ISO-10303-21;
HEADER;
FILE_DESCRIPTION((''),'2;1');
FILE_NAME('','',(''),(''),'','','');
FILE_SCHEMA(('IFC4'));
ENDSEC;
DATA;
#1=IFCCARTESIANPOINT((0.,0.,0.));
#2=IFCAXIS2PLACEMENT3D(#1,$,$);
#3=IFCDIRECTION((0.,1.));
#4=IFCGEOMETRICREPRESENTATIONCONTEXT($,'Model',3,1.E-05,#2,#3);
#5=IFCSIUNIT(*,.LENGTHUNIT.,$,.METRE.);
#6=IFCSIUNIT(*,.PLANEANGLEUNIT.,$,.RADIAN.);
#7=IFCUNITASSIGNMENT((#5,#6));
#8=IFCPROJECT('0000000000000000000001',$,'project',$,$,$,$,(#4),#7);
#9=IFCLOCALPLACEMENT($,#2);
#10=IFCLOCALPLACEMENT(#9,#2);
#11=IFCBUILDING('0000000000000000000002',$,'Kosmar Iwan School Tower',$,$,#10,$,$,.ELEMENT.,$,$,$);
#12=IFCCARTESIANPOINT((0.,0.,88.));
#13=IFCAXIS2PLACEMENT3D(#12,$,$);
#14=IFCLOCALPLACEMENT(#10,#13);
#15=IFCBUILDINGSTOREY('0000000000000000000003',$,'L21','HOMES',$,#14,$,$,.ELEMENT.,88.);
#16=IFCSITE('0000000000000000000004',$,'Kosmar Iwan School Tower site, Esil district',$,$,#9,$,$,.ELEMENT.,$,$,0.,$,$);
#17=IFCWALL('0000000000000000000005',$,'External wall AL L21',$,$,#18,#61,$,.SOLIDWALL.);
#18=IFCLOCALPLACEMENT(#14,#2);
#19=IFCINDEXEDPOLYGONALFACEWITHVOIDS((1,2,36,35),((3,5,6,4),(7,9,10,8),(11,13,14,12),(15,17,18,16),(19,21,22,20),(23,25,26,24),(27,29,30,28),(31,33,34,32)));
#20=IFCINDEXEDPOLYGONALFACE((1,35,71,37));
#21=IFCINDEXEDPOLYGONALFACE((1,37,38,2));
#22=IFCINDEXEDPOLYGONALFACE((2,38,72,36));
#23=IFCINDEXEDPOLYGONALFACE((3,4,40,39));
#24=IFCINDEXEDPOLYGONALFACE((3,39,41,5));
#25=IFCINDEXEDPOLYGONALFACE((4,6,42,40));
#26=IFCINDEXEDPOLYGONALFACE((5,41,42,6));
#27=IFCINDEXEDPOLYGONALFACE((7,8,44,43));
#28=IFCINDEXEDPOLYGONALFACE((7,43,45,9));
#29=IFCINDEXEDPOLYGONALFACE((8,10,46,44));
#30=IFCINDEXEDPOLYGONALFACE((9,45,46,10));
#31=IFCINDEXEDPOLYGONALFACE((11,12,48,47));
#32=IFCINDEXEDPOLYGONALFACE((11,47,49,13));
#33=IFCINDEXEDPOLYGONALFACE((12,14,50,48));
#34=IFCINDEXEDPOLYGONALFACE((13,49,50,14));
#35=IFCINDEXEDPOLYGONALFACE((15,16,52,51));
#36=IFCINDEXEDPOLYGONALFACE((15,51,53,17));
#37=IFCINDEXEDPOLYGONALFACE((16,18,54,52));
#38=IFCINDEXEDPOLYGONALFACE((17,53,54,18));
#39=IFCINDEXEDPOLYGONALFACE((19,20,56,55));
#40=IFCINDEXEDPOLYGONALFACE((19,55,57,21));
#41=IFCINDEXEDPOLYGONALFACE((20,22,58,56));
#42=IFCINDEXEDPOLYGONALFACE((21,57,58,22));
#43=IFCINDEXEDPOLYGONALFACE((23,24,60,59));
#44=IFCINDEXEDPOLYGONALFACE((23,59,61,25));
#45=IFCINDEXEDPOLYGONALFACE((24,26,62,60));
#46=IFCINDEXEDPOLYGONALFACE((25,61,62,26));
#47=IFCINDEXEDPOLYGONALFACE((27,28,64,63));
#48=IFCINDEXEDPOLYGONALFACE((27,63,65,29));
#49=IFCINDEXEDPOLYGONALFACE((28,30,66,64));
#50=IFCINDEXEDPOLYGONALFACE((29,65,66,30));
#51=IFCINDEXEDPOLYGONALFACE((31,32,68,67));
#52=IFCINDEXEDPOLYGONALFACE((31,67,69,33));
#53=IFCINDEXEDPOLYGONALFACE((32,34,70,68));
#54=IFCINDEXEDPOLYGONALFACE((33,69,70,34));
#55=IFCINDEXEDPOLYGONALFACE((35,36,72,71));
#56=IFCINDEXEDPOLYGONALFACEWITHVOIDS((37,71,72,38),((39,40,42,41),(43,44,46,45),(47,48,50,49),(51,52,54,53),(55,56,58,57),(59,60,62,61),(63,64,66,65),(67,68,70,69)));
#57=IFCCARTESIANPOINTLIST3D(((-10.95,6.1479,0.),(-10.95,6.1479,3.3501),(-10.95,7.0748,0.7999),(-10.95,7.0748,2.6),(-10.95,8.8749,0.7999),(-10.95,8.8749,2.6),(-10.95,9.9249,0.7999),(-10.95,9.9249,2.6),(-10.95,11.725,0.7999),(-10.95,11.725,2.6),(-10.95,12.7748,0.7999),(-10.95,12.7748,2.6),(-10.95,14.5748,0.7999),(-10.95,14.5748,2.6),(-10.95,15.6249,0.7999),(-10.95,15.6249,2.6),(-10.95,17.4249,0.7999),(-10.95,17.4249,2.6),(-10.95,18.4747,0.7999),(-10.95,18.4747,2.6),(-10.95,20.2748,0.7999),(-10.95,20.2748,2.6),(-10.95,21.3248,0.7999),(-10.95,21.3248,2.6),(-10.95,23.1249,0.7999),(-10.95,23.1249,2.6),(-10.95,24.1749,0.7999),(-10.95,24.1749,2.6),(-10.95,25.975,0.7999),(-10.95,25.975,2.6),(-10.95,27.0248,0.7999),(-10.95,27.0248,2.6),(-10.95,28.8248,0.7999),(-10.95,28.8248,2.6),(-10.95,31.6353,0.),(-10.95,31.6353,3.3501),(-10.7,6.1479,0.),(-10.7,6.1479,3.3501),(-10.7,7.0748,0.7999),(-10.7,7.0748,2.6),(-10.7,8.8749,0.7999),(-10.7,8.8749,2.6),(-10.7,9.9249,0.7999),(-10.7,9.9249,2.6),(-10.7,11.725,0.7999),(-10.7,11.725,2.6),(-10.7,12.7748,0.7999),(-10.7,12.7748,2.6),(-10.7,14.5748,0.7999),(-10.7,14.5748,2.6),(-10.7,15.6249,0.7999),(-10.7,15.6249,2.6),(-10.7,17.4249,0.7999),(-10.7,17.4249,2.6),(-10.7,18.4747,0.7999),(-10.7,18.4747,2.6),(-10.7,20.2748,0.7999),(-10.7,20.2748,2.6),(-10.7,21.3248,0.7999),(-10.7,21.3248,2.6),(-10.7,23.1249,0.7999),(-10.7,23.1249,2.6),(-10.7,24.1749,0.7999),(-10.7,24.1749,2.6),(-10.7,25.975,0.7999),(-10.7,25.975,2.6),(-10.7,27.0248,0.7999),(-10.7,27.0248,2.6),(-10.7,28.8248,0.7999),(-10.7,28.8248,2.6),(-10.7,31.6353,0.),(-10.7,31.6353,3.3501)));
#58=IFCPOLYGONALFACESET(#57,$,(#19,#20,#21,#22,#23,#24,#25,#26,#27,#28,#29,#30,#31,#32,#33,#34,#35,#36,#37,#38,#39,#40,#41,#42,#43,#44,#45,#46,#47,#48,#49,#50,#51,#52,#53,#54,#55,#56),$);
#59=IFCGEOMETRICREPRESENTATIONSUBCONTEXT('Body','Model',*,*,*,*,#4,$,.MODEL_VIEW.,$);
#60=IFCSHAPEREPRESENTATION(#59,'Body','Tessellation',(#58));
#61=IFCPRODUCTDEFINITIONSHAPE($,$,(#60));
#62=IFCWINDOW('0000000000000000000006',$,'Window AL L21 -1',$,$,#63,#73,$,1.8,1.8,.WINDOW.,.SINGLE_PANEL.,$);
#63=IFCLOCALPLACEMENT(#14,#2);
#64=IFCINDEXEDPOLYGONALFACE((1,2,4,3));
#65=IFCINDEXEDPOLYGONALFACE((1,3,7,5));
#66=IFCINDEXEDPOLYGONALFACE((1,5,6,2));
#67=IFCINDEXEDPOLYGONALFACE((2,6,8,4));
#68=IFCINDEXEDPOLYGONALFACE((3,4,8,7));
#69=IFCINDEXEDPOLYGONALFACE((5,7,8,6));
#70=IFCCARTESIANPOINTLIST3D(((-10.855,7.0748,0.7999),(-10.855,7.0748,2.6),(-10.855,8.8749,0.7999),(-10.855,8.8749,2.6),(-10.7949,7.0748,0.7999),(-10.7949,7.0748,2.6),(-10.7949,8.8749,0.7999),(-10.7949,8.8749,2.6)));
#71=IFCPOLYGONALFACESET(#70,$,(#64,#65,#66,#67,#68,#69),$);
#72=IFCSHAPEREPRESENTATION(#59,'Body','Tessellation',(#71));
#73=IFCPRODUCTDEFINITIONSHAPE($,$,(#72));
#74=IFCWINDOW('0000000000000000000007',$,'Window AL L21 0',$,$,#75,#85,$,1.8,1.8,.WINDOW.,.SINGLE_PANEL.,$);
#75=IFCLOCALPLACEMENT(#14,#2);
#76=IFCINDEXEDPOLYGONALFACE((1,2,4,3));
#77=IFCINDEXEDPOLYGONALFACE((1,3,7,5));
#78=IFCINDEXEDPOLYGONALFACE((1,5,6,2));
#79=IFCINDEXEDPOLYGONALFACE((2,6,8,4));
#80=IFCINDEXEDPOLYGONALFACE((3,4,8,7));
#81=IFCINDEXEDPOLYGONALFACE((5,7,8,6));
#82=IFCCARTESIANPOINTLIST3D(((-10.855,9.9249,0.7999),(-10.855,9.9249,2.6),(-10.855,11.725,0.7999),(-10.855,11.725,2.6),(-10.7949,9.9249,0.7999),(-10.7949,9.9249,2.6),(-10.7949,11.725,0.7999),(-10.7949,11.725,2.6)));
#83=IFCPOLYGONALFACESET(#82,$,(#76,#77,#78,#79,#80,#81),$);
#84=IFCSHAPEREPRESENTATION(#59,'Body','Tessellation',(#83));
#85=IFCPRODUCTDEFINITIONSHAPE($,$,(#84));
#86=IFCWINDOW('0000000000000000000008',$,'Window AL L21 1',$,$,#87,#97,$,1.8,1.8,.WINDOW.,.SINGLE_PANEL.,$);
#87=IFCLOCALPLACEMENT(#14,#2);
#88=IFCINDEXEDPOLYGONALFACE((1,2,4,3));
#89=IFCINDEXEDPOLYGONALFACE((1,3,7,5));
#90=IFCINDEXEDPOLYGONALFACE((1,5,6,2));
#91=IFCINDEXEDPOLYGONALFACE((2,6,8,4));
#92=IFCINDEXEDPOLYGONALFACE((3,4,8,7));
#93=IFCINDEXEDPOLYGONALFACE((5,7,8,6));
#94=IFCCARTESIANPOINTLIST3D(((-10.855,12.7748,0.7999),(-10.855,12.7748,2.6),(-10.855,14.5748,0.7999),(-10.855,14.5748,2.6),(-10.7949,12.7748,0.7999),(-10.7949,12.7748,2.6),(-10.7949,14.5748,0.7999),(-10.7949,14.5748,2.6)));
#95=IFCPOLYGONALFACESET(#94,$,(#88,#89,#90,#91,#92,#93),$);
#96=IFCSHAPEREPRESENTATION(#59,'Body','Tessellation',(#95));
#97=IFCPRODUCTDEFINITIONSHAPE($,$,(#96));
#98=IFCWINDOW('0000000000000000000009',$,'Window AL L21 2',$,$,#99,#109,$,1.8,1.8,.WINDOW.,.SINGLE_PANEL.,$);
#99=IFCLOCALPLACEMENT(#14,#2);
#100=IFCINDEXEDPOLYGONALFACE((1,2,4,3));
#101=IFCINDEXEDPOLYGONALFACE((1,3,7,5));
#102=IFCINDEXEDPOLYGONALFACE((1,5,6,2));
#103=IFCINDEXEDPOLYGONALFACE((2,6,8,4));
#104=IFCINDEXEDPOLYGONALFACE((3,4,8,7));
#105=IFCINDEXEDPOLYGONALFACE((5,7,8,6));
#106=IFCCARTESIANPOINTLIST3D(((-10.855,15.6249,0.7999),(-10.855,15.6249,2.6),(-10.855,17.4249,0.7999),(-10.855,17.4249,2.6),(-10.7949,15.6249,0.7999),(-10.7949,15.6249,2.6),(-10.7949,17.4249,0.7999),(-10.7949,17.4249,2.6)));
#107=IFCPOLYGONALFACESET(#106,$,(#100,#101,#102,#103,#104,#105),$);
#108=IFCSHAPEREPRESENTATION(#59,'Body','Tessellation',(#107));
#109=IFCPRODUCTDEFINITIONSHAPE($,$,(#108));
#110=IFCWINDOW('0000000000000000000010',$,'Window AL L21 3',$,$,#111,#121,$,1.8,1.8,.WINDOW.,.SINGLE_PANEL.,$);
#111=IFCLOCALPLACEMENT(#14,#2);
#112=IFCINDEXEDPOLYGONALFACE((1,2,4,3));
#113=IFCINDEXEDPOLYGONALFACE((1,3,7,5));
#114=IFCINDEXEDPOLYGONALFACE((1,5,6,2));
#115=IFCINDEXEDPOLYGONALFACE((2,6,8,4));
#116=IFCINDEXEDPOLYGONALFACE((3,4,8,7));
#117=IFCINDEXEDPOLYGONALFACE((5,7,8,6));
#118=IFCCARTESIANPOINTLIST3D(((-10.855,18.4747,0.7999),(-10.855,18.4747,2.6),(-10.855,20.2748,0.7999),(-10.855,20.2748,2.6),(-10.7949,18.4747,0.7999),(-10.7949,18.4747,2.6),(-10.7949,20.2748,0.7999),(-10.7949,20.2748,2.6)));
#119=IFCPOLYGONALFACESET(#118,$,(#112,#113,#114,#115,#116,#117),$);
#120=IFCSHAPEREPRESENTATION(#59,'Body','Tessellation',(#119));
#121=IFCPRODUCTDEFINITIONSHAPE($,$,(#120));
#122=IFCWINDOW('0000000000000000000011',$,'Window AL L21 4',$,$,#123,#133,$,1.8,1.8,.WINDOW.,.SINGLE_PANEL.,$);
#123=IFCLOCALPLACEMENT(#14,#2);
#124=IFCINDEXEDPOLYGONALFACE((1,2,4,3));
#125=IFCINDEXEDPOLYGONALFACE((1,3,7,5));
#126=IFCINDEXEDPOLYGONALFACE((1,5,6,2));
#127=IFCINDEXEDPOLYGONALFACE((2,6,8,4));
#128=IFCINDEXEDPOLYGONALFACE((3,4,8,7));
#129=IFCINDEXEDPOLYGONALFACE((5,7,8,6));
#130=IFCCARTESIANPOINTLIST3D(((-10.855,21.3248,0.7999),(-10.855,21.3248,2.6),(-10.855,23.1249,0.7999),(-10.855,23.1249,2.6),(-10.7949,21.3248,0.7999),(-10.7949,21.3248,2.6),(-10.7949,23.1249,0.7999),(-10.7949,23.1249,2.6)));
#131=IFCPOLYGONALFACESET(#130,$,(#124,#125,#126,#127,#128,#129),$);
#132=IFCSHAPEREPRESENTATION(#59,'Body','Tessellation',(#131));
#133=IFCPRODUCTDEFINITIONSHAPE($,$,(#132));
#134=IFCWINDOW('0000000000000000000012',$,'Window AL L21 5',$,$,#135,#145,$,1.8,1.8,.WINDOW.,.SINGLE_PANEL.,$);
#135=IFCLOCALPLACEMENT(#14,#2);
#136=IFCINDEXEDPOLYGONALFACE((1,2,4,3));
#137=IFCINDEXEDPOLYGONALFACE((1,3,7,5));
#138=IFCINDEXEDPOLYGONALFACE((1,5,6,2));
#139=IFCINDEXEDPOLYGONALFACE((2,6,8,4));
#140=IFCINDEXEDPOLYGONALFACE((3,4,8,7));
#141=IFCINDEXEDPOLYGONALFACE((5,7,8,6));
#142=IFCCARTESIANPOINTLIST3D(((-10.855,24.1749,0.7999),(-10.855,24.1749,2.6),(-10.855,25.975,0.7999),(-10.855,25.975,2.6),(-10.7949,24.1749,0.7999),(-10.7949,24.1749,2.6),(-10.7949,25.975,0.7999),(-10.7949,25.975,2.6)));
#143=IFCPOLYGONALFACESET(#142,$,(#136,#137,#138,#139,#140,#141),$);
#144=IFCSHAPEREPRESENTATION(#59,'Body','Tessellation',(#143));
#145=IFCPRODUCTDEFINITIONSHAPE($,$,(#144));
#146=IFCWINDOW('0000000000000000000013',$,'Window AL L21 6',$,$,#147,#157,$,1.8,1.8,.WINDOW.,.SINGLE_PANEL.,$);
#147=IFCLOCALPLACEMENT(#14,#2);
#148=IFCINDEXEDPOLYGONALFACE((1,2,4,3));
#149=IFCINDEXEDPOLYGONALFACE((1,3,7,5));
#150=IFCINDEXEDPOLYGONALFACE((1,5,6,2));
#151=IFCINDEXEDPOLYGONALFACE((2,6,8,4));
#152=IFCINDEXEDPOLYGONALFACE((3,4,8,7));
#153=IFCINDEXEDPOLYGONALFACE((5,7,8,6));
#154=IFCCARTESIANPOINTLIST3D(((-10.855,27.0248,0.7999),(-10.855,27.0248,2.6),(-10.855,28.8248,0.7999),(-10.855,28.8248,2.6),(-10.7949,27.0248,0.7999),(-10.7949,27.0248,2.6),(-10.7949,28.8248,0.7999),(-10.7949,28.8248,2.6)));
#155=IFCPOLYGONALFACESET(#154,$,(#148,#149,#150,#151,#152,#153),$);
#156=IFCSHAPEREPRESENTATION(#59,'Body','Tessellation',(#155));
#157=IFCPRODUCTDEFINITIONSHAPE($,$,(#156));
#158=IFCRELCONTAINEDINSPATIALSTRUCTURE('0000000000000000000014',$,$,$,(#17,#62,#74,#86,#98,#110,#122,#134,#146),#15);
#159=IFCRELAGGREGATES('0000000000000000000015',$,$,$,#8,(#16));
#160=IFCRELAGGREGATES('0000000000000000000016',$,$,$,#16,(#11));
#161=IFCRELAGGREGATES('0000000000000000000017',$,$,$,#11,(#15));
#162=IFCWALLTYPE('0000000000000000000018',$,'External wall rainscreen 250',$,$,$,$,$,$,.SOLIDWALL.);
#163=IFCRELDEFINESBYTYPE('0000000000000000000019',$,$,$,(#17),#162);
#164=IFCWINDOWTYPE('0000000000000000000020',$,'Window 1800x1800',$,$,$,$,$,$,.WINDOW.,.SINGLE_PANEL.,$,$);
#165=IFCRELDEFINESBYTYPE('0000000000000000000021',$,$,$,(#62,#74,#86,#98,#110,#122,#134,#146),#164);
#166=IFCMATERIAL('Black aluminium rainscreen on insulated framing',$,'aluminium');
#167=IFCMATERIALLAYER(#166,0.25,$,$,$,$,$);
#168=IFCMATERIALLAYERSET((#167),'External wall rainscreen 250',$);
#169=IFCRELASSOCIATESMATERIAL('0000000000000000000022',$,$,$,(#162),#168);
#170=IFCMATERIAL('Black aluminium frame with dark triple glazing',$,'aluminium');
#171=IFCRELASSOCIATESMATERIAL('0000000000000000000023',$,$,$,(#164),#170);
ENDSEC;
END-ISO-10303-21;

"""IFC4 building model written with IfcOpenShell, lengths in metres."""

from ifc_helpers import new_model, si_unit, direction, frame, frame_2d, origin, place, context, subcontext, project, spatial, rectangle, extrude, material, layer, layer_set, type_object, element, fill, save


model = new_model("IFC4")

# Units and contexts
model_context = context("Model", 3, precision=1e-05, world=origin(), true_north=direction((0.0, 1.0)))
body_context = subcontext(model_context, "Body", "Model", "MODEL_VIEW")
ifc_project = project(units=[si_unit("LENGTHUNIT", "METRE"), si_unit("PLANEANGLEUNIT", "RADIAN")], contexts=[model_context])

# Site, building, storey
site_placement = place(None, origin())
site = spatial("IfcSite", under=ifc_project, at=site_placement, Name="Kosmar Iwan School Tower site, Esil district", CompositionType="ELEMENT", RefElevation=0.0)
building_placement = place(site_placement, origin())
building = spatial("IfcBuilding", under=site, at=building_placement, Name="Kosmar Iwan School Tower", CompositionType="ELEMENT")
storey_placement = place(building_placement, frame((0.0, 0.0, 88.0)))
storey = spatial("IfcBuildingStorey", under=building, at=storey_placement, Name="L21", Description="HOMES", CompositionType="ELEMENT", Elevation=88.0)

# Wall, openings, windows
ifc_material_1 = material(Name="Black aluminium rainscreen on insulated framing", Category="aluminium")
ifc_layer_1 = layer(ifc_material_1, 0.25)
ifc_layer_set_1 = layer_set([ifc_layer_1], Name="External wall rainscreen 250")
wall_type_1 = type_object("IfcWallType", Name="External wall rainscreen 250", PredefinedType="SOLIDWALL", material=ifc_layer_set_1)
wall_1_placement = place(storey_placement, frame((-10.825, 6.1479, 0.0), z_axis=(0.0, 0.0, 1.0), x_axis=(0.0, 1.0, 0.0)))
wall_1 = element("IfcWall", 1, at=wall_1_placement, inside=storey, type_object=wall_type_1, Name="External wall AL L21", PredefinedType="SOLIDWALL", context=body_context, shape_type="SweptSolid", body=[
    extrude(rectangle(XDim=25.4873, YDim=0.25, at=frame_2d((12.7437, 0.0))), origin(), (0.0, 0.0, 1.0), 3.3501),
])
opening_1_placement = place(wall_1_placement, frame((0.927, 0.0, 0.8)))
opening_1 = element("IfcOpeningElement", 2, at=opening_1_placement, cuts=wall_1, PredefinedType="OPENING", context=body_context, shape_type="SweptSolid", body=[
    extrude(rectangle(XDim=1.8, YDim=1.8, at=frame_2d((0.8999, 0.8999))), frame((0.0, 0.137, 0.0), z_axis=(0.0, -1.0, 0.0), x_axis=(1.0, 0.0, 0.0)), (0.0, 0.0, 1.0), 0.2739),
])
opening_2_placement = place(wall_1_placement, frame((3.7771, 0.0, 0.8)))
opening_2 = element("IfcOpeningElement", 3, at=opening_2_placement, cuts=wall_1, PredefinedType="OPENING", context=body_context, shape_type="SweptSolid", body=[
    extrude(rectangle(XDim=1.8, YDim=1.8, at=frame_2d((0.8999, 0.8999))), frame((0.0, 0.137, 0.0), z_axis=(0.0, -1.0, 0.0), x_axis=(1.0, 0.0, 0.0)), (0.0, 0.0, 1.0), 0.2739),
])
opening_3_placement = place(wall_1_placement, frame((6.627, 0.0, 0.8)))
opening_3 = element("IfcOpeningElement", 4, at=opening_3_placement, cuts=wall_1, PredefinedType="OPENING", context=body_context, shape_type="SweptSolid", body=[
    extrude(rectangle(XDim=1.8, YDim=1.8, at=frame_2d((0.8999, 0.8999))), frame((0.0, 0.137, 0.0), z_axis=(0.0, -1.0, 0.0), x_axis=(1.0, 0.0, 0.0)), (0.0, 0.0, 1.0), 0.2739),
])
opening_4_placement = place(wall_1_placement, frame((9.4771, 0.0, 0.8)))
opening_4 = element("IfcOpeningElement", 5, at=opening_4_placement, cuts=wall_1, PredefinedType="OPENING", context=body_context, shape_type="SweptSolid", body=[
    extrude(rectangle(XDim=1.8, YDim=1.8, at=frame_2d((0.8999, 0.8999))), frame((0.0, 0.137, 0.0), z_axis=(0.0, -1.0, 0.0), x_axis=(1.0, 0.0, 0.0)), (0.0, 0.0, 1.0), 0.2739),
])
opening_5_placement = place(wall_1_placement, frame((12.3269, 0.0, 0.8)))
opening_5 = element("IfcOpeningElement", 6, at=opening_5_placement, cuts=wall_1, PredefinedType="OPENING", context=body_context, shape_type="SweptSolid", body=[
    extrude(rectangle(XDim=1.8, YDim=1.8, at=frame_2d((0.8999, 0.8999))), frame((0.0, 0.137, 0.0), z_axis=(0.0, -1.0, 0.0), x_axis=(1.0, 0.0, 0.0)), (0.0, 0.0, 1.0), 0.2739),
])
opening_6_placement = place(wall_1_placement, frame((15.177, 0.0, 0.8)))
opening_6 = element("IfcOpeningElement", 7, at=opening_6_placement, cuts=wall_1, PredefinedType="OPENING", context=body_context, shape_type="SweptSolid", body=[
    extrude(rectangle(XDim=1.8, YDim=1.8, at=frame_2d((0.8999, 0.8999))), frame((0.0, 0.137, 0.0), z_axis=(0.0, -1.0, 0.0), x_axis=(1.0, 0.0, 0.0)), (0.0, 0.0, 1.0), 0.2739),
])
opening_7_placement = place(wall_1_placement, frame((18.0271, 0.0, 0.8)))
opening_7 = element("IfcOpeningElement", 8, at=opening_7_placement, cuts=wall_1, PredefinedType="OPENING", context=body_context, shape_type="SweptSolid", body=[
    extrude(rectangle(XDim=1.8, YDim=1.8, at=frame_2d((0.8999, 0.8999))), frame((0.0, 0.137, 0.0), z_axis=(0.0, -1.0, 0.0), x_axis=(1.0, 0.0, 0.0)), (0.0, 0.0, 1.0), 0.2739),
])
opening_8_placement = place(wall_1_placement, frame((20.877, 0.0, 0.8)))
opening_8 = element("IfcOpeningElement", 9, at=opening_8_placement, cuts=wall_1, PredefinedType="OPENING", context=body_context, shape_type="SweptSolid", body=[
    extrude(rectangle(XDim=1.8, YDim=1.8, at=frame_2d((0.8999, 0.8999))), frame((0.0, 0.137, 0.0), z_axis=(0.0, -1.0, 0.0), x_axis=(1.0, 0.0, 0.0)), (0.0, 0.0, 1.0), 0.2739),
])
ifc_material_2 = material(Name="Black aluminium frame with dark triple glazing", Category="aluminium")
window_type = type_object("IfcWindowType", Name="Window 1800x1800", PartitioningType="SINGLE_PANEL", PredefinedType="WINDOW", material=ifc_material_2)
window_1_placement = place(opening_1_placement, origin())
window_1 = element("IfcWindow", 10, at=window_1_placement, inside=storey, type_object=window_type, Name="Window AL L21 -1", OverallHeight=1.8, OverallWidth=1.8, PartitioningType="SINGLE_PANEL", PredefinedType="WINDOW", context=body_context, shape_type="SweptSolid", body=[
    extrude(rectangle(XDim=1.8, YDim=1.8, at=frame_2d((0.8999, 0.8999))), frame((0.0, 0.03, 0.0), z_axis=(0.0, -1.0, 0.0), x_axis=(1.0, 0.0, 0.0)), (0.0, 0.0, 1.0), 0.0601),
])
fill(opening_1, window_1)
window_2_placement = place(opening_2_placement, origin())
window_2 = element("IfcWindow", 11, at=window_2_placement, inside=storey, type_object=window_type, Name="Window AL L21 0", OverallHeight=1.8, OverallWidth=1.8, PartitioningType="SINGLE_PANEL", PredefinedType="WINDOW", context=body_context, shape_type="SweptSolid", body=[
    extrude(rectangle(XDim=1.8, YDim=1.8, at=frame_2d((0.8999, 0.8999))), frame((0.0, 0.03, 0.0), z_axis=(0.0, -1.0, 0.0), x_axis=(1.0, 0.0, 0.0)), (0.0, 0.0, 1.0), 0.0601),
])
fill(opening_2, window_2)
window_3_placement = place(opening_3_placement, origin())
window_3 = element("IfcWindow", 12, at=window_3_placement, inside=storey, type_object=window_type, Name="Window AL L21 1", OverallHeight=1.8, OverallWidth=1.8, PartitioningType="SINGLE_PANEL", PredefinedType="WINDOW", context=body_context, shape_type="SweptSolid", body=[
    extrude(rectangle(XDim=1.8, YDim=1.8, at=frame_2d((0.8999, 0.8999))), frame((0.0, 0.03, 0.0), z_axis=(0.0, -1.0, 0.0), x_axis=(1.0, 0.0, 0.0)), (0.0, 0.0, 1.0), 0.0601),
])
fill(opening_3, window_3)
window_4_placement = place(opening_4_placement, origin())
window_4 = element("IfcWindow", 13, at=window_4_placement, inside=storey, type_object=window_type, Name="Window AL L21 2", OverallHeight=1.8, OverallWidth=1.8, PartitioningType="SINGLE_PANEL", PredefinedType="WINDOW", context=body_context, shape_type="SweptSolid", body=[
    extrude(rectangle(XDim=1.8, YDim=1.8, at=frame_2d((0.8999, 0.8999))), frame((0.0, 0.03, 0.0), z_axis=(0.0, -1.0, 0.0), x_axis=(1.0, 0.0, 0.0)), (0.0, 0.0, 1.0), 0.0601),
])
fill(opening_4, window_4)
window_5_placement = place(opening_5_placement, origin())
window_5 = element("IfcWindow", 14, at=window_5_placement, inside=storey, type_object=window_type, Name="Window AL L21 3", OverallHeight=1.8, OverallWidth=1.8, PartitioningType="SINGLE_PANEL", PredefinedType="WINDOW", context=body_context, shape_type="SweptSolid", body=[
    extrude(rectangle(XDim=1.8, YDim=1.8, at=frame_2d((0.8999, 0.8999))), frame((0.0, 0.03, 0.0), z_axis=(0.0, -1.0, 0.0), x_axis=(1.0, 0.0, 0.0)), (0.0, 0.0, 1.0), 0.0601),
])
fill(opening_5, window_5)
window_6_placement = place(opening_6_placement, origin())
window_6 = element("IfcWindow", 15, at=window_6_placement, inside=storey, type_object=window_type, Name="Window AL L21 4", OverallHeight=1.8, OverallWidth=1.8, PartitioningType="SINGLE_PANEL", PredefinedType="WINDOW", context=body_context, shape_type="SweptSolid", body=[
    extrude(rectangle(XDim=1.8, YDim=1.8, at=frame_2d((0.8999, 0.8999))), frame((0.0, 0.03, 0.0), z_axis=(0.0, -1.0, 0.0), x_axis=(1.0, 0.0, 0.0)), (0.0, 0.0, 1.0), 0.0601),
])
fill(opening_6, window_6)
window_7_placement = place(opening_7_placement, origin())
window_7 = element("IfcWindow", 16, at=window_7_placement, inside=storey, type_object=window_type, Name="Window AL L21 5", OverallHeight=1.8, OverallWidth=1.8, PartitioningType="SINGLE_PANEL", PredefinedType="WINDOW", context=body_context, shape_type="SweptSolid", body=[
    extrude(rectangle(XDim=1.8, YDim=1.8, at=frame_2d((0.8999, 0.8999))), frame((0.0, 0.03, 0.0), z_axis=(0.0, -1.0, 0.0), x_axis=(1.0, 0.0, 0.0)), (0.0, 0.0, 1.0), 0.0601),
])
fill(opening_7, window_7)
window_8_placement = place(opening_8_placement, origin())
window_8 = element("IfcWindow", 17, at=window_8_placement, inside=storey, type_object=window_type, Name="Window AL L21 6", OverallHeight=1.8, OverallWidth=1.8, PartitioningType="SINGLE_PANEL", PredefinedType="WINDOW", context=body_context, shape_type="SweptSolid", body=[
    extrude(rectangle(XDim=1.8, YDim=1.8, at=frame_2d((0.8999, 0.8999))), frame((0.0, 0.03, 0.0), z_axis=(0.0, -1.0, 0.0), x_axis=(1.0, 0.0, 0.0)), (0.0, 0.0, 1.0), 0.0601),
])
fill(opening_8, window_8)

save(model, "model.ifc")
